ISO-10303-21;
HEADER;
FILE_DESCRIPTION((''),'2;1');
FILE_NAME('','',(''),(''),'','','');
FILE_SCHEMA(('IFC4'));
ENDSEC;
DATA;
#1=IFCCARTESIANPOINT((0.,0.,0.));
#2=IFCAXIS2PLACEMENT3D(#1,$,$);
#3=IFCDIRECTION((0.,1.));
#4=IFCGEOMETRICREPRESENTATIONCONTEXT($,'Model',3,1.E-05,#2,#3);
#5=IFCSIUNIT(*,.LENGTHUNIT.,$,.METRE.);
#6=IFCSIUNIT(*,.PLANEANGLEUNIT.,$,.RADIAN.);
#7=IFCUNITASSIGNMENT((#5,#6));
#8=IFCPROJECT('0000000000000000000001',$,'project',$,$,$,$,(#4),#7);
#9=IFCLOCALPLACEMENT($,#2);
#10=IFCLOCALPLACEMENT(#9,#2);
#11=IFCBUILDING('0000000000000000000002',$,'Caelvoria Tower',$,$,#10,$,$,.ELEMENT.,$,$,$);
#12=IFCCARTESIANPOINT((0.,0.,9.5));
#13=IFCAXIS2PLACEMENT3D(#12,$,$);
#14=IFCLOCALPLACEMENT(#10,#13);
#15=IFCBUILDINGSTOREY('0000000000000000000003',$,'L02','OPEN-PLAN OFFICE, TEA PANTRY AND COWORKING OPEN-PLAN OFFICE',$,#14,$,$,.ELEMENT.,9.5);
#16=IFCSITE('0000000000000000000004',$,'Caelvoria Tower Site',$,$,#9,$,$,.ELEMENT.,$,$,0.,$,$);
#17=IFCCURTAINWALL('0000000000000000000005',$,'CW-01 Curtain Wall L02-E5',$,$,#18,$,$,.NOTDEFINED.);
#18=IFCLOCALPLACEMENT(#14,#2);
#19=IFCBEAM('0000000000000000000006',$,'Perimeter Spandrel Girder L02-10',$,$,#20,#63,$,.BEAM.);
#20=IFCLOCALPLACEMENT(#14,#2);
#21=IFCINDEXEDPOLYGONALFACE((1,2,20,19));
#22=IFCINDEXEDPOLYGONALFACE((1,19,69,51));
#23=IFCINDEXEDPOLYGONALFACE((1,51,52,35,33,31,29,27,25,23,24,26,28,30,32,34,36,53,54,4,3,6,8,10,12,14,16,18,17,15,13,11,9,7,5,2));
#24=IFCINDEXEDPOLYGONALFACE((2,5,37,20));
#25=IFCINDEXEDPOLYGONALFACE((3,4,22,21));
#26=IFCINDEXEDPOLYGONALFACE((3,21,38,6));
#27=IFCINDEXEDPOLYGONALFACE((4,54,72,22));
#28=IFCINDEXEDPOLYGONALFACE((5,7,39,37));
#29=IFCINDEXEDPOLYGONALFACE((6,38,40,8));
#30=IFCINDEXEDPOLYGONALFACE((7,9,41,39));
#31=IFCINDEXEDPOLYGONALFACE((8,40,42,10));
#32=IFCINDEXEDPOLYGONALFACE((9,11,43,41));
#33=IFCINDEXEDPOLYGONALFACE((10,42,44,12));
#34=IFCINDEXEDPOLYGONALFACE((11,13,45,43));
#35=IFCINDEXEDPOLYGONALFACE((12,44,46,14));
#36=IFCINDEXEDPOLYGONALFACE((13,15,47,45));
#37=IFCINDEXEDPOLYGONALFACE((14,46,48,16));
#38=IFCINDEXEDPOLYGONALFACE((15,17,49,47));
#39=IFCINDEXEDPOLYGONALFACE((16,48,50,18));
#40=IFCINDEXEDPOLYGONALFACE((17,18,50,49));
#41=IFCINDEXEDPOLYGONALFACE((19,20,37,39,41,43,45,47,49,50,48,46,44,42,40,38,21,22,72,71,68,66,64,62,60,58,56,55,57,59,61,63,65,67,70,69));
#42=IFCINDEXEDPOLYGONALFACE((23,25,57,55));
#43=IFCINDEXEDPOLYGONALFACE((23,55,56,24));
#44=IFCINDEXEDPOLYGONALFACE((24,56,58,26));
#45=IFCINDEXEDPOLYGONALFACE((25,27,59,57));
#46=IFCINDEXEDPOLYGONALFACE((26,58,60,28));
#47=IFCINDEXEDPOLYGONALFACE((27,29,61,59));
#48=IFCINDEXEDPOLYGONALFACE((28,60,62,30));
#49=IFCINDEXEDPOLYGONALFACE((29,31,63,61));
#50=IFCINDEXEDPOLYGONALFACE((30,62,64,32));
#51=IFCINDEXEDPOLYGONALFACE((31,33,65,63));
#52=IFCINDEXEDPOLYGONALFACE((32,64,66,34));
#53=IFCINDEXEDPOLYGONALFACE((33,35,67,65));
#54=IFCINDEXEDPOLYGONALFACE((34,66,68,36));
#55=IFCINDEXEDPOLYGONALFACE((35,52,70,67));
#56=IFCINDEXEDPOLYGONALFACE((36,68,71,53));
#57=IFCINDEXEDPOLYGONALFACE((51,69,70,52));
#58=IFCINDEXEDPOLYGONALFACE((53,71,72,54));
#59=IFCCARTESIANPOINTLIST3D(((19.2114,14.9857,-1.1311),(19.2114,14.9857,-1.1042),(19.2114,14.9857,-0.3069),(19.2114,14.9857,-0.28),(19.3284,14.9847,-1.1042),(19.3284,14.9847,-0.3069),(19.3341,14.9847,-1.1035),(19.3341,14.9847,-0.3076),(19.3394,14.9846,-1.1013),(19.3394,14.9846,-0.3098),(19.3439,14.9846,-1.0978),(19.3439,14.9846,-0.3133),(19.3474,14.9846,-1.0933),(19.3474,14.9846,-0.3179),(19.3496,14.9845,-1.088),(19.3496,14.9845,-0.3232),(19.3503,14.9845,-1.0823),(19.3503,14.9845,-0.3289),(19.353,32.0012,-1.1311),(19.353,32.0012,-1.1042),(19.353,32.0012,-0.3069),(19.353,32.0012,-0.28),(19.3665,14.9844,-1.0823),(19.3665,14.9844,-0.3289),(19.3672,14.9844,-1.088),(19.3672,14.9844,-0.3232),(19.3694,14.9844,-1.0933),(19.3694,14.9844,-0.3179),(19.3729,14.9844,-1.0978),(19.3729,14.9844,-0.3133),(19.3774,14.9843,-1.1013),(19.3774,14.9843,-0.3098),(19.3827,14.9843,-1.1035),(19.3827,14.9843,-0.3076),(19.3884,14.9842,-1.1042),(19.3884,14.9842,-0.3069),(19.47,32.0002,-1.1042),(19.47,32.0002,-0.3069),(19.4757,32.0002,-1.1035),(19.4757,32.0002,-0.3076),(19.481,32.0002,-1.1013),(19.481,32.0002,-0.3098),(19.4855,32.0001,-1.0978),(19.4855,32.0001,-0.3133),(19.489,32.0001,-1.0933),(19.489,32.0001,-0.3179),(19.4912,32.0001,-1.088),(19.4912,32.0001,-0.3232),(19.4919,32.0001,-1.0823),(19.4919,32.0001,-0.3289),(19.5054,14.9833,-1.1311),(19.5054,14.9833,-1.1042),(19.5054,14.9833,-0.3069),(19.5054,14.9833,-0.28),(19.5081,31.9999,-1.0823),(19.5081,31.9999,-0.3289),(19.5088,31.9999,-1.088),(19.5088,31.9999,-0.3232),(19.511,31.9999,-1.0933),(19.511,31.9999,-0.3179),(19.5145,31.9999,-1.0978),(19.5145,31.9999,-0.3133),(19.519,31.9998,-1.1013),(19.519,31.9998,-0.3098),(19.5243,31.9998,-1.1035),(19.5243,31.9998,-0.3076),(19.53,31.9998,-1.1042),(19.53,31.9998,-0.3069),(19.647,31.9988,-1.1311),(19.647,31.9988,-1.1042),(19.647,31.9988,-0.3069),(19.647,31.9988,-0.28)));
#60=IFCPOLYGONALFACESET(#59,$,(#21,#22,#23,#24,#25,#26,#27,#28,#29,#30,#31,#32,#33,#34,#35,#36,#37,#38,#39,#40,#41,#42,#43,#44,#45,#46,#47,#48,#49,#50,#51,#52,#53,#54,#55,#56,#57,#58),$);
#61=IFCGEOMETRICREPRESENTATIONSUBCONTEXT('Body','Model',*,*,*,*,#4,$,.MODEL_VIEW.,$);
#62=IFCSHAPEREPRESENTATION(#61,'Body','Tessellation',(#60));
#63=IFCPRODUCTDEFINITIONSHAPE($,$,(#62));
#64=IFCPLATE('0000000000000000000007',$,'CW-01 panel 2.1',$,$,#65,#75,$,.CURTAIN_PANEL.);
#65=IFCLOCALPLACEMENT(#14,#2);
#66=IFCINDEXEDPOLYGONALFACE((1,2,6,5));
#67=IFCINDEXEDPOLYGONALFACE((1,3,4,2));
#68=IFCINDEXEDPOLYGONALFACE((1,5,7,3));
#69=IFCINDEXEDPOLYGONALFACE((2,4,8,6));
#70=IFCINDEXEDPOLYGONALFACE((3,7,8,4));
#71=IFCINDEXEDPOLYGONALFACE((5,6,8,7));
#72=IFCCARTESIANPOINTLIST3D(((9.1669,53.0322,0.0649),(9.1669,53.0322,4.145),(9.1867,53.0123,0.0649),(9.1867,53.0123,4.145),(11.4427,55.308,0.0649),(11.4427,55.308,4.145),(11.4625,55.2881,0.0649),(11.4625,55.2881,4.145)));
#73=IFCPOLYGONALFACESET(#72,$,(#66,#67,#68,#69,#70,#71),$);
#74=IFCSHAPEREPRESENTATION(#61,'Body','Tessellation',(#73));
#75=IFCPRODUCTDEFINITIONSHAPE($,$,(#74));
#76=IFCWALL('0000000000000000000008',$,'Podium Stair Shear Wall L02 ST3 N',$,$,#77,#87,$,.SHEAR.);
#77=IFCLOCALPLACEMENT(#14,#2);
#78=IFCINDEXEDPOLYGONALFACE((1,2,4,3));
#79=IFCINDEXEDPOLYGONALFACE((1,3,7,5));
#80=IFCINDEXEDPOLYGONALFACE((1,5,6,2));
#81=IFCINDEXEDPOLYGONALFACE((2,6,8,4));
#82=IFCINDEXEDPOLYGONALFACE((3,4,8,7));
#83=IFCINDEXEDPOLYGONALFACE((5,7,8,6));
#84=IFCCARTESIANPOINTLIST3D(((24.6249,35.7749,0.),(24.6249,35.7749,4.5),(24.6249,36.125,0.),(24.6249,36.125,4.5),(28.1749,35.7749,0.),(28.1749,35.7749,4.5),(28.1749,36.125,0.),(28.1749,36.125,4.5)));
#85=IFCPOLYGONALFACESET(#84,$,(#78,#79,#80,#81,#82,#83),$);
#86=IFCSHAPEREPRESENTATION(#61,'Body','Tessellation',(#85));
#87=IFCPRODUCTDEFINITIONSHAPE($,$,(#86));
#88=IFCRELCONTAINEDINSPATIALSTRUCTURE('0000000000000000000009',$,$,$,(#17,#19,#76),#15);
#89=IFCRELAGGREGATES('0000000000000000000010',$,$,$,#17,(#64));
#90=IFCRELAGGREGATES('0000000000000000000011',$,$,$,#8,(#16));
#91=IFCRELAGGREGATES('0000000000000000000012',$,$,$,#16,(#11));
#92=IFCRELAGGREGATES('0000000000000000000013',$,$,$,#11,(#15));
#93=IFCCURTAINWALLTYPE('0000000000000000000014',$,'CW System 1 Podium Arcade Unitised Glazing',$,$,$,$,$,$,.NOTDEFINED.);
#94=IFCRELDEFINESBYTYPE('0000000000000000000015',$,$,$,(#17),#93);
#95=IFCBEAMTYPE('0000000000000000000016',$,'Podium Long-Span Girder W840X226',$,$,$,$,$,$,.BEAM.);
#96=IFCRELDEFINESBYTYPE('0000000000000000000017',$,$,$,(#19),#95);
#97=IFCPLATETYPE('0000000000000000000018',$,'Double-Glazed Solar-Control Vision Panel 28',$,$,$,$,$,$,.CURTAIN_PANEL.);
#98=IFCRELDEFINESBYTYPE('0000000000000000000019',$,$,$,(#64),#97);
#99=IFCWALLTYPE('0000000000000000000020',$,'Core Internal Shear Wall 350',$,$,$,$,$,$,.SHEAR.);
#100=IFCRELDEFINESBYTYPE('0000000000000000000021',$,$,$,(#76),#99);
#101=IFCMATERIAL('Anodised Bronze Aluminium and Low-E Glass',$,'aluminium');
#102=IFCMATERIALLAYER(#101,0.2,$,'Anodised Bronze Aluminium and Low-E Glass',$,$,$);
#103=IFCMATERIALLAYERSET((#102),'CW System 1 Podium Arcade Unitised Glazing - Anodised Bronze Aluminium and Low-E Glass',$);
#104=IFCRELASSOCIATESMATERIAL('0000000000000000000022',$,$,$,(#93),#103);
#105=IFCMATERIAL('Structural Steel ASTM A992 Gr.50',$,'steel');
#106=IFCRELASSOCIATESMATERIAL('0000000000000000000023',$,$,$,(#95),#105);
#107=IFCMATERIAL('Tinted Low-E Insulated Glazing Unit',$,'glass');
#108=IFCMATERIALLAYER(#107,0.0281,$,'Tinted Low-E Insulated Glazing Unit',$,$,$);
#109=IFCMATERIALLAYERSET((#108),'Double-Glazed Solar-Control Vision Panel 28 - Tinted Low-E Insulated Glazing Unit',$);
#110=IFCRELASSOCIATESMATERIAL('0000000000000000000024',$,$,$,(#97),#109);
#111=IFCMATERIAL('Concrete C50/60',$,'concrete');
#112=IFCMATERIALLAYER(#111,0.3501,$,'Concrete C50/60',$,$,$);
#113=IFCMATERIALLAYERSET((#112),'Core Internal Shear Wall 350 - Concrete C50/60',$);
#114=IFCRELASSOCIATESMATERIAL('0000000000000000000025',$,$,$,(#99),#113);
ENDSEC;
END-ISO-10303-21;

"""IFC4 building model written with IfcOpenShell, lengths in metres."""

from ifc_helpers import new_model, si_unit, direction, frame, frame_2d, origin, origin_2d, place, context, subcontext, project, spatial, rectangle, i_section, extrude, material, layer, layer_set, material_profile, profile_set, type_object, element, aggregate, save


model = new_model("IFC4")

# Units and contexts
model_context = context("Model", 3, precision=1e-05, world=origin(), true_north=direction((0.0, 1.0)))
body_context = subcontext(model_context, "Body", "Model", "MODEL_VIEW")
ifc_project = project(units=[si_unit("LENGTHUNIT", "METRE"), si_unit("PLANEANGLEUNIT", "RADIAN")], contexts=[model_context])

# Site, building, storey
site_placement = place(None, origin())
site = spatial("IfcSite", under=ifc_project, at=site_placement, Name="Caelvoria Tower Site", CompositionType="ELEMENT", RefElevation=0.0)
building_placement = place(site_placement, origin())
building = spatial("IfcBuilding", under=site, at=building_placement, Name="Caelvoria Tower", CompositionType="ELEMENT")
storey_placement = place(building_placement, frame((0.0, 0.0, 9.5)))
storey = spatial("IfcBuildingStorey", under=building, at=storey_placement, Name="L02", Description="OPEN-PLAN OFFICE, TEA PANTRY AND COWORKING OPEN-PLAN OFFICE", CompositionType="ELEMENT", Elevation=9.5)

# Shared definitions
ifc_material_1 = material(Name="Structural Steel ASTM A992 Gr.50", Category="steel")

# Curtain wall
ifc_material_2 = material(Name="Anodised Bronze Aluminium and Low-E Glass", Category="aluminium")
ifc_layer_1 = layer(ifc_material_2, 0.2, Name="Anodised Bronze Aluminium and Low-E Glass")
ifc_layer_set_1 = layer_set([ifc_layer_1], Name="CW System 1 Podium Arcade Unitised Glazing - Anodised Bronze Aluminium and Low-E Glass")
curtain_wall_type = type_object("IfcCurtainWallType", Name="CW System 1 Podium Arcade Unitised Glazing", PredefinedType="NOTDEFINED", material=ifc_layer_set_1)
curtain_wall_placement = place(storey_placement, origin())
curtain_wall = element("IfcCurtainWall", 1, at=curtain_wall_placement, inside=storey, type_object=curtain_wall_type, Name="CW-01 Curtain Wall L02-E5", PredefinedType="NOTDEFINED")

# Beam
ifc_material_profile_1 = material_profile(ifc_material_1, i_section(OverallWidth=0.2939, OverallDepth=0.8511, WebThickness=0.0161, FlangeThickness=0.0269, FilletRadius=0.022, at=origin_2d()), Name="Structural Steel ASTM A992 Gr.50")
ifc_profile_set_1 = profile_set([ifc_material_profile_1], Name="W840X226 - Structural Steel ASTM A992 Gr.50")
beam_type_1 = type_object("IfcBeamType", Name="Podium Long-Span Girder W840X226", PredefinedType="BEAM", material=ifc_profile_set_1)
for number, where, z_axis, x_axis, name in (
    (2, (19.5, 32.0, -0.7056), (-0.008322, -0.999965, 0.0), (0.999965, -0.008322, 0.0), "Perimeter Spandrel Girder L02-10"),
):
    element("IfcBeam", number, at=place(storey_placement, frame(where, z_axis=z_axis, x_axis=x_axis)), inside=storey, type_object=beam_type_1, Name=name, PredefinedType="BEAM", context=body_context, shape_type="SweptSolid", body=[
        extrude(i_section(OverallWidth=0.2939, OverallDepth=0.8511, WebThickness=0.0161, FlangeThickness=0.0269, FilletRadius=0.022, at=origin_2d()), origin(), (0.0, 0.0, 1.0), 17.0161),
    ])

# Plate
ifc_material_3 = material(Name="Tinted Low-E Insulated Glazing Unit", Category="glass")
ifc_layer_2 = layer(ifc_material_3, 0.0281, Name="Tinted Low-E Insulated Glazing Unit")
ifc_layer_set_2 = layer_set([ifc_layer_2], Name="Double-Glazed Solar-Control Vision Panel 28 - Tinted Low-E Insulated Glazing Unit")
plate_type = type_object("IfcPlateType", Name="Double-Glazed Solar-Control Vision Panel 28", PredefinedType="CURTAIN_PANEL", material=ifc_layer_set_2)
plate_placement = place(storey_placement, frame((10.3147, 54.1602, 0.0649), z_axis=(0.0, 0.0, 1.0), x_axis=(-0.707107, -0.707107, 0.0)))
plate = element("IfcPlate", 3, at=plate_placement, type_object=plate_type, Name="CW-01 panel 2.1", PredefinedType="CURTAIN_PANEL", context=body_context, shape_type="SweptSolid", body=[
    extrude(rectangle(XDim=3.2185, YDim=0.0281, at=origin_2d()), origin(), (0.0, 0.0, 1.0), 4.0801),
])
aggregate(curtain_wall, [plate])

# Wall
ifc_material_4 = material(Name="Concrete C50/60", Category="concrete")
ifc_layer_3 = layer(ifc_material_4, 0.3501, Name="Concrete C50/60")
ifc_layer_set_3 = layer_set([ifc_layer_3], Name="Core Internal Shear Wall 350 - Concrete C50/60")
wall_type_1 = type_object("IfcWallType", Name="Core Internal Shear Wall 350", PredefinedType="SHEAR", material=ifc_layer_set_3)
wall_1_placement = place(storey_placement, frame((24.625, 35.95, 0.0), z_axis=(0.0, 0.0, 1.0), x_axis=(1.0, 0.0, 0.0)))
element("IfcWall", 4, at=wall_1_placement, inside=storey, type_object=wall_type_1, Name="Podium Stair Shear Wall L02 ST3 N", PredefinedType="SHEAR", context=body_context, shape_type="SweptSolid", body=[
    extrude(rectangle(XDim=3.55, YDim=0.3501, at=frame_2d((1.7749, 0.0))), origin(), (0.0, 0.0, 1.0), 4.5),
])

save(model, "model.ifc")
